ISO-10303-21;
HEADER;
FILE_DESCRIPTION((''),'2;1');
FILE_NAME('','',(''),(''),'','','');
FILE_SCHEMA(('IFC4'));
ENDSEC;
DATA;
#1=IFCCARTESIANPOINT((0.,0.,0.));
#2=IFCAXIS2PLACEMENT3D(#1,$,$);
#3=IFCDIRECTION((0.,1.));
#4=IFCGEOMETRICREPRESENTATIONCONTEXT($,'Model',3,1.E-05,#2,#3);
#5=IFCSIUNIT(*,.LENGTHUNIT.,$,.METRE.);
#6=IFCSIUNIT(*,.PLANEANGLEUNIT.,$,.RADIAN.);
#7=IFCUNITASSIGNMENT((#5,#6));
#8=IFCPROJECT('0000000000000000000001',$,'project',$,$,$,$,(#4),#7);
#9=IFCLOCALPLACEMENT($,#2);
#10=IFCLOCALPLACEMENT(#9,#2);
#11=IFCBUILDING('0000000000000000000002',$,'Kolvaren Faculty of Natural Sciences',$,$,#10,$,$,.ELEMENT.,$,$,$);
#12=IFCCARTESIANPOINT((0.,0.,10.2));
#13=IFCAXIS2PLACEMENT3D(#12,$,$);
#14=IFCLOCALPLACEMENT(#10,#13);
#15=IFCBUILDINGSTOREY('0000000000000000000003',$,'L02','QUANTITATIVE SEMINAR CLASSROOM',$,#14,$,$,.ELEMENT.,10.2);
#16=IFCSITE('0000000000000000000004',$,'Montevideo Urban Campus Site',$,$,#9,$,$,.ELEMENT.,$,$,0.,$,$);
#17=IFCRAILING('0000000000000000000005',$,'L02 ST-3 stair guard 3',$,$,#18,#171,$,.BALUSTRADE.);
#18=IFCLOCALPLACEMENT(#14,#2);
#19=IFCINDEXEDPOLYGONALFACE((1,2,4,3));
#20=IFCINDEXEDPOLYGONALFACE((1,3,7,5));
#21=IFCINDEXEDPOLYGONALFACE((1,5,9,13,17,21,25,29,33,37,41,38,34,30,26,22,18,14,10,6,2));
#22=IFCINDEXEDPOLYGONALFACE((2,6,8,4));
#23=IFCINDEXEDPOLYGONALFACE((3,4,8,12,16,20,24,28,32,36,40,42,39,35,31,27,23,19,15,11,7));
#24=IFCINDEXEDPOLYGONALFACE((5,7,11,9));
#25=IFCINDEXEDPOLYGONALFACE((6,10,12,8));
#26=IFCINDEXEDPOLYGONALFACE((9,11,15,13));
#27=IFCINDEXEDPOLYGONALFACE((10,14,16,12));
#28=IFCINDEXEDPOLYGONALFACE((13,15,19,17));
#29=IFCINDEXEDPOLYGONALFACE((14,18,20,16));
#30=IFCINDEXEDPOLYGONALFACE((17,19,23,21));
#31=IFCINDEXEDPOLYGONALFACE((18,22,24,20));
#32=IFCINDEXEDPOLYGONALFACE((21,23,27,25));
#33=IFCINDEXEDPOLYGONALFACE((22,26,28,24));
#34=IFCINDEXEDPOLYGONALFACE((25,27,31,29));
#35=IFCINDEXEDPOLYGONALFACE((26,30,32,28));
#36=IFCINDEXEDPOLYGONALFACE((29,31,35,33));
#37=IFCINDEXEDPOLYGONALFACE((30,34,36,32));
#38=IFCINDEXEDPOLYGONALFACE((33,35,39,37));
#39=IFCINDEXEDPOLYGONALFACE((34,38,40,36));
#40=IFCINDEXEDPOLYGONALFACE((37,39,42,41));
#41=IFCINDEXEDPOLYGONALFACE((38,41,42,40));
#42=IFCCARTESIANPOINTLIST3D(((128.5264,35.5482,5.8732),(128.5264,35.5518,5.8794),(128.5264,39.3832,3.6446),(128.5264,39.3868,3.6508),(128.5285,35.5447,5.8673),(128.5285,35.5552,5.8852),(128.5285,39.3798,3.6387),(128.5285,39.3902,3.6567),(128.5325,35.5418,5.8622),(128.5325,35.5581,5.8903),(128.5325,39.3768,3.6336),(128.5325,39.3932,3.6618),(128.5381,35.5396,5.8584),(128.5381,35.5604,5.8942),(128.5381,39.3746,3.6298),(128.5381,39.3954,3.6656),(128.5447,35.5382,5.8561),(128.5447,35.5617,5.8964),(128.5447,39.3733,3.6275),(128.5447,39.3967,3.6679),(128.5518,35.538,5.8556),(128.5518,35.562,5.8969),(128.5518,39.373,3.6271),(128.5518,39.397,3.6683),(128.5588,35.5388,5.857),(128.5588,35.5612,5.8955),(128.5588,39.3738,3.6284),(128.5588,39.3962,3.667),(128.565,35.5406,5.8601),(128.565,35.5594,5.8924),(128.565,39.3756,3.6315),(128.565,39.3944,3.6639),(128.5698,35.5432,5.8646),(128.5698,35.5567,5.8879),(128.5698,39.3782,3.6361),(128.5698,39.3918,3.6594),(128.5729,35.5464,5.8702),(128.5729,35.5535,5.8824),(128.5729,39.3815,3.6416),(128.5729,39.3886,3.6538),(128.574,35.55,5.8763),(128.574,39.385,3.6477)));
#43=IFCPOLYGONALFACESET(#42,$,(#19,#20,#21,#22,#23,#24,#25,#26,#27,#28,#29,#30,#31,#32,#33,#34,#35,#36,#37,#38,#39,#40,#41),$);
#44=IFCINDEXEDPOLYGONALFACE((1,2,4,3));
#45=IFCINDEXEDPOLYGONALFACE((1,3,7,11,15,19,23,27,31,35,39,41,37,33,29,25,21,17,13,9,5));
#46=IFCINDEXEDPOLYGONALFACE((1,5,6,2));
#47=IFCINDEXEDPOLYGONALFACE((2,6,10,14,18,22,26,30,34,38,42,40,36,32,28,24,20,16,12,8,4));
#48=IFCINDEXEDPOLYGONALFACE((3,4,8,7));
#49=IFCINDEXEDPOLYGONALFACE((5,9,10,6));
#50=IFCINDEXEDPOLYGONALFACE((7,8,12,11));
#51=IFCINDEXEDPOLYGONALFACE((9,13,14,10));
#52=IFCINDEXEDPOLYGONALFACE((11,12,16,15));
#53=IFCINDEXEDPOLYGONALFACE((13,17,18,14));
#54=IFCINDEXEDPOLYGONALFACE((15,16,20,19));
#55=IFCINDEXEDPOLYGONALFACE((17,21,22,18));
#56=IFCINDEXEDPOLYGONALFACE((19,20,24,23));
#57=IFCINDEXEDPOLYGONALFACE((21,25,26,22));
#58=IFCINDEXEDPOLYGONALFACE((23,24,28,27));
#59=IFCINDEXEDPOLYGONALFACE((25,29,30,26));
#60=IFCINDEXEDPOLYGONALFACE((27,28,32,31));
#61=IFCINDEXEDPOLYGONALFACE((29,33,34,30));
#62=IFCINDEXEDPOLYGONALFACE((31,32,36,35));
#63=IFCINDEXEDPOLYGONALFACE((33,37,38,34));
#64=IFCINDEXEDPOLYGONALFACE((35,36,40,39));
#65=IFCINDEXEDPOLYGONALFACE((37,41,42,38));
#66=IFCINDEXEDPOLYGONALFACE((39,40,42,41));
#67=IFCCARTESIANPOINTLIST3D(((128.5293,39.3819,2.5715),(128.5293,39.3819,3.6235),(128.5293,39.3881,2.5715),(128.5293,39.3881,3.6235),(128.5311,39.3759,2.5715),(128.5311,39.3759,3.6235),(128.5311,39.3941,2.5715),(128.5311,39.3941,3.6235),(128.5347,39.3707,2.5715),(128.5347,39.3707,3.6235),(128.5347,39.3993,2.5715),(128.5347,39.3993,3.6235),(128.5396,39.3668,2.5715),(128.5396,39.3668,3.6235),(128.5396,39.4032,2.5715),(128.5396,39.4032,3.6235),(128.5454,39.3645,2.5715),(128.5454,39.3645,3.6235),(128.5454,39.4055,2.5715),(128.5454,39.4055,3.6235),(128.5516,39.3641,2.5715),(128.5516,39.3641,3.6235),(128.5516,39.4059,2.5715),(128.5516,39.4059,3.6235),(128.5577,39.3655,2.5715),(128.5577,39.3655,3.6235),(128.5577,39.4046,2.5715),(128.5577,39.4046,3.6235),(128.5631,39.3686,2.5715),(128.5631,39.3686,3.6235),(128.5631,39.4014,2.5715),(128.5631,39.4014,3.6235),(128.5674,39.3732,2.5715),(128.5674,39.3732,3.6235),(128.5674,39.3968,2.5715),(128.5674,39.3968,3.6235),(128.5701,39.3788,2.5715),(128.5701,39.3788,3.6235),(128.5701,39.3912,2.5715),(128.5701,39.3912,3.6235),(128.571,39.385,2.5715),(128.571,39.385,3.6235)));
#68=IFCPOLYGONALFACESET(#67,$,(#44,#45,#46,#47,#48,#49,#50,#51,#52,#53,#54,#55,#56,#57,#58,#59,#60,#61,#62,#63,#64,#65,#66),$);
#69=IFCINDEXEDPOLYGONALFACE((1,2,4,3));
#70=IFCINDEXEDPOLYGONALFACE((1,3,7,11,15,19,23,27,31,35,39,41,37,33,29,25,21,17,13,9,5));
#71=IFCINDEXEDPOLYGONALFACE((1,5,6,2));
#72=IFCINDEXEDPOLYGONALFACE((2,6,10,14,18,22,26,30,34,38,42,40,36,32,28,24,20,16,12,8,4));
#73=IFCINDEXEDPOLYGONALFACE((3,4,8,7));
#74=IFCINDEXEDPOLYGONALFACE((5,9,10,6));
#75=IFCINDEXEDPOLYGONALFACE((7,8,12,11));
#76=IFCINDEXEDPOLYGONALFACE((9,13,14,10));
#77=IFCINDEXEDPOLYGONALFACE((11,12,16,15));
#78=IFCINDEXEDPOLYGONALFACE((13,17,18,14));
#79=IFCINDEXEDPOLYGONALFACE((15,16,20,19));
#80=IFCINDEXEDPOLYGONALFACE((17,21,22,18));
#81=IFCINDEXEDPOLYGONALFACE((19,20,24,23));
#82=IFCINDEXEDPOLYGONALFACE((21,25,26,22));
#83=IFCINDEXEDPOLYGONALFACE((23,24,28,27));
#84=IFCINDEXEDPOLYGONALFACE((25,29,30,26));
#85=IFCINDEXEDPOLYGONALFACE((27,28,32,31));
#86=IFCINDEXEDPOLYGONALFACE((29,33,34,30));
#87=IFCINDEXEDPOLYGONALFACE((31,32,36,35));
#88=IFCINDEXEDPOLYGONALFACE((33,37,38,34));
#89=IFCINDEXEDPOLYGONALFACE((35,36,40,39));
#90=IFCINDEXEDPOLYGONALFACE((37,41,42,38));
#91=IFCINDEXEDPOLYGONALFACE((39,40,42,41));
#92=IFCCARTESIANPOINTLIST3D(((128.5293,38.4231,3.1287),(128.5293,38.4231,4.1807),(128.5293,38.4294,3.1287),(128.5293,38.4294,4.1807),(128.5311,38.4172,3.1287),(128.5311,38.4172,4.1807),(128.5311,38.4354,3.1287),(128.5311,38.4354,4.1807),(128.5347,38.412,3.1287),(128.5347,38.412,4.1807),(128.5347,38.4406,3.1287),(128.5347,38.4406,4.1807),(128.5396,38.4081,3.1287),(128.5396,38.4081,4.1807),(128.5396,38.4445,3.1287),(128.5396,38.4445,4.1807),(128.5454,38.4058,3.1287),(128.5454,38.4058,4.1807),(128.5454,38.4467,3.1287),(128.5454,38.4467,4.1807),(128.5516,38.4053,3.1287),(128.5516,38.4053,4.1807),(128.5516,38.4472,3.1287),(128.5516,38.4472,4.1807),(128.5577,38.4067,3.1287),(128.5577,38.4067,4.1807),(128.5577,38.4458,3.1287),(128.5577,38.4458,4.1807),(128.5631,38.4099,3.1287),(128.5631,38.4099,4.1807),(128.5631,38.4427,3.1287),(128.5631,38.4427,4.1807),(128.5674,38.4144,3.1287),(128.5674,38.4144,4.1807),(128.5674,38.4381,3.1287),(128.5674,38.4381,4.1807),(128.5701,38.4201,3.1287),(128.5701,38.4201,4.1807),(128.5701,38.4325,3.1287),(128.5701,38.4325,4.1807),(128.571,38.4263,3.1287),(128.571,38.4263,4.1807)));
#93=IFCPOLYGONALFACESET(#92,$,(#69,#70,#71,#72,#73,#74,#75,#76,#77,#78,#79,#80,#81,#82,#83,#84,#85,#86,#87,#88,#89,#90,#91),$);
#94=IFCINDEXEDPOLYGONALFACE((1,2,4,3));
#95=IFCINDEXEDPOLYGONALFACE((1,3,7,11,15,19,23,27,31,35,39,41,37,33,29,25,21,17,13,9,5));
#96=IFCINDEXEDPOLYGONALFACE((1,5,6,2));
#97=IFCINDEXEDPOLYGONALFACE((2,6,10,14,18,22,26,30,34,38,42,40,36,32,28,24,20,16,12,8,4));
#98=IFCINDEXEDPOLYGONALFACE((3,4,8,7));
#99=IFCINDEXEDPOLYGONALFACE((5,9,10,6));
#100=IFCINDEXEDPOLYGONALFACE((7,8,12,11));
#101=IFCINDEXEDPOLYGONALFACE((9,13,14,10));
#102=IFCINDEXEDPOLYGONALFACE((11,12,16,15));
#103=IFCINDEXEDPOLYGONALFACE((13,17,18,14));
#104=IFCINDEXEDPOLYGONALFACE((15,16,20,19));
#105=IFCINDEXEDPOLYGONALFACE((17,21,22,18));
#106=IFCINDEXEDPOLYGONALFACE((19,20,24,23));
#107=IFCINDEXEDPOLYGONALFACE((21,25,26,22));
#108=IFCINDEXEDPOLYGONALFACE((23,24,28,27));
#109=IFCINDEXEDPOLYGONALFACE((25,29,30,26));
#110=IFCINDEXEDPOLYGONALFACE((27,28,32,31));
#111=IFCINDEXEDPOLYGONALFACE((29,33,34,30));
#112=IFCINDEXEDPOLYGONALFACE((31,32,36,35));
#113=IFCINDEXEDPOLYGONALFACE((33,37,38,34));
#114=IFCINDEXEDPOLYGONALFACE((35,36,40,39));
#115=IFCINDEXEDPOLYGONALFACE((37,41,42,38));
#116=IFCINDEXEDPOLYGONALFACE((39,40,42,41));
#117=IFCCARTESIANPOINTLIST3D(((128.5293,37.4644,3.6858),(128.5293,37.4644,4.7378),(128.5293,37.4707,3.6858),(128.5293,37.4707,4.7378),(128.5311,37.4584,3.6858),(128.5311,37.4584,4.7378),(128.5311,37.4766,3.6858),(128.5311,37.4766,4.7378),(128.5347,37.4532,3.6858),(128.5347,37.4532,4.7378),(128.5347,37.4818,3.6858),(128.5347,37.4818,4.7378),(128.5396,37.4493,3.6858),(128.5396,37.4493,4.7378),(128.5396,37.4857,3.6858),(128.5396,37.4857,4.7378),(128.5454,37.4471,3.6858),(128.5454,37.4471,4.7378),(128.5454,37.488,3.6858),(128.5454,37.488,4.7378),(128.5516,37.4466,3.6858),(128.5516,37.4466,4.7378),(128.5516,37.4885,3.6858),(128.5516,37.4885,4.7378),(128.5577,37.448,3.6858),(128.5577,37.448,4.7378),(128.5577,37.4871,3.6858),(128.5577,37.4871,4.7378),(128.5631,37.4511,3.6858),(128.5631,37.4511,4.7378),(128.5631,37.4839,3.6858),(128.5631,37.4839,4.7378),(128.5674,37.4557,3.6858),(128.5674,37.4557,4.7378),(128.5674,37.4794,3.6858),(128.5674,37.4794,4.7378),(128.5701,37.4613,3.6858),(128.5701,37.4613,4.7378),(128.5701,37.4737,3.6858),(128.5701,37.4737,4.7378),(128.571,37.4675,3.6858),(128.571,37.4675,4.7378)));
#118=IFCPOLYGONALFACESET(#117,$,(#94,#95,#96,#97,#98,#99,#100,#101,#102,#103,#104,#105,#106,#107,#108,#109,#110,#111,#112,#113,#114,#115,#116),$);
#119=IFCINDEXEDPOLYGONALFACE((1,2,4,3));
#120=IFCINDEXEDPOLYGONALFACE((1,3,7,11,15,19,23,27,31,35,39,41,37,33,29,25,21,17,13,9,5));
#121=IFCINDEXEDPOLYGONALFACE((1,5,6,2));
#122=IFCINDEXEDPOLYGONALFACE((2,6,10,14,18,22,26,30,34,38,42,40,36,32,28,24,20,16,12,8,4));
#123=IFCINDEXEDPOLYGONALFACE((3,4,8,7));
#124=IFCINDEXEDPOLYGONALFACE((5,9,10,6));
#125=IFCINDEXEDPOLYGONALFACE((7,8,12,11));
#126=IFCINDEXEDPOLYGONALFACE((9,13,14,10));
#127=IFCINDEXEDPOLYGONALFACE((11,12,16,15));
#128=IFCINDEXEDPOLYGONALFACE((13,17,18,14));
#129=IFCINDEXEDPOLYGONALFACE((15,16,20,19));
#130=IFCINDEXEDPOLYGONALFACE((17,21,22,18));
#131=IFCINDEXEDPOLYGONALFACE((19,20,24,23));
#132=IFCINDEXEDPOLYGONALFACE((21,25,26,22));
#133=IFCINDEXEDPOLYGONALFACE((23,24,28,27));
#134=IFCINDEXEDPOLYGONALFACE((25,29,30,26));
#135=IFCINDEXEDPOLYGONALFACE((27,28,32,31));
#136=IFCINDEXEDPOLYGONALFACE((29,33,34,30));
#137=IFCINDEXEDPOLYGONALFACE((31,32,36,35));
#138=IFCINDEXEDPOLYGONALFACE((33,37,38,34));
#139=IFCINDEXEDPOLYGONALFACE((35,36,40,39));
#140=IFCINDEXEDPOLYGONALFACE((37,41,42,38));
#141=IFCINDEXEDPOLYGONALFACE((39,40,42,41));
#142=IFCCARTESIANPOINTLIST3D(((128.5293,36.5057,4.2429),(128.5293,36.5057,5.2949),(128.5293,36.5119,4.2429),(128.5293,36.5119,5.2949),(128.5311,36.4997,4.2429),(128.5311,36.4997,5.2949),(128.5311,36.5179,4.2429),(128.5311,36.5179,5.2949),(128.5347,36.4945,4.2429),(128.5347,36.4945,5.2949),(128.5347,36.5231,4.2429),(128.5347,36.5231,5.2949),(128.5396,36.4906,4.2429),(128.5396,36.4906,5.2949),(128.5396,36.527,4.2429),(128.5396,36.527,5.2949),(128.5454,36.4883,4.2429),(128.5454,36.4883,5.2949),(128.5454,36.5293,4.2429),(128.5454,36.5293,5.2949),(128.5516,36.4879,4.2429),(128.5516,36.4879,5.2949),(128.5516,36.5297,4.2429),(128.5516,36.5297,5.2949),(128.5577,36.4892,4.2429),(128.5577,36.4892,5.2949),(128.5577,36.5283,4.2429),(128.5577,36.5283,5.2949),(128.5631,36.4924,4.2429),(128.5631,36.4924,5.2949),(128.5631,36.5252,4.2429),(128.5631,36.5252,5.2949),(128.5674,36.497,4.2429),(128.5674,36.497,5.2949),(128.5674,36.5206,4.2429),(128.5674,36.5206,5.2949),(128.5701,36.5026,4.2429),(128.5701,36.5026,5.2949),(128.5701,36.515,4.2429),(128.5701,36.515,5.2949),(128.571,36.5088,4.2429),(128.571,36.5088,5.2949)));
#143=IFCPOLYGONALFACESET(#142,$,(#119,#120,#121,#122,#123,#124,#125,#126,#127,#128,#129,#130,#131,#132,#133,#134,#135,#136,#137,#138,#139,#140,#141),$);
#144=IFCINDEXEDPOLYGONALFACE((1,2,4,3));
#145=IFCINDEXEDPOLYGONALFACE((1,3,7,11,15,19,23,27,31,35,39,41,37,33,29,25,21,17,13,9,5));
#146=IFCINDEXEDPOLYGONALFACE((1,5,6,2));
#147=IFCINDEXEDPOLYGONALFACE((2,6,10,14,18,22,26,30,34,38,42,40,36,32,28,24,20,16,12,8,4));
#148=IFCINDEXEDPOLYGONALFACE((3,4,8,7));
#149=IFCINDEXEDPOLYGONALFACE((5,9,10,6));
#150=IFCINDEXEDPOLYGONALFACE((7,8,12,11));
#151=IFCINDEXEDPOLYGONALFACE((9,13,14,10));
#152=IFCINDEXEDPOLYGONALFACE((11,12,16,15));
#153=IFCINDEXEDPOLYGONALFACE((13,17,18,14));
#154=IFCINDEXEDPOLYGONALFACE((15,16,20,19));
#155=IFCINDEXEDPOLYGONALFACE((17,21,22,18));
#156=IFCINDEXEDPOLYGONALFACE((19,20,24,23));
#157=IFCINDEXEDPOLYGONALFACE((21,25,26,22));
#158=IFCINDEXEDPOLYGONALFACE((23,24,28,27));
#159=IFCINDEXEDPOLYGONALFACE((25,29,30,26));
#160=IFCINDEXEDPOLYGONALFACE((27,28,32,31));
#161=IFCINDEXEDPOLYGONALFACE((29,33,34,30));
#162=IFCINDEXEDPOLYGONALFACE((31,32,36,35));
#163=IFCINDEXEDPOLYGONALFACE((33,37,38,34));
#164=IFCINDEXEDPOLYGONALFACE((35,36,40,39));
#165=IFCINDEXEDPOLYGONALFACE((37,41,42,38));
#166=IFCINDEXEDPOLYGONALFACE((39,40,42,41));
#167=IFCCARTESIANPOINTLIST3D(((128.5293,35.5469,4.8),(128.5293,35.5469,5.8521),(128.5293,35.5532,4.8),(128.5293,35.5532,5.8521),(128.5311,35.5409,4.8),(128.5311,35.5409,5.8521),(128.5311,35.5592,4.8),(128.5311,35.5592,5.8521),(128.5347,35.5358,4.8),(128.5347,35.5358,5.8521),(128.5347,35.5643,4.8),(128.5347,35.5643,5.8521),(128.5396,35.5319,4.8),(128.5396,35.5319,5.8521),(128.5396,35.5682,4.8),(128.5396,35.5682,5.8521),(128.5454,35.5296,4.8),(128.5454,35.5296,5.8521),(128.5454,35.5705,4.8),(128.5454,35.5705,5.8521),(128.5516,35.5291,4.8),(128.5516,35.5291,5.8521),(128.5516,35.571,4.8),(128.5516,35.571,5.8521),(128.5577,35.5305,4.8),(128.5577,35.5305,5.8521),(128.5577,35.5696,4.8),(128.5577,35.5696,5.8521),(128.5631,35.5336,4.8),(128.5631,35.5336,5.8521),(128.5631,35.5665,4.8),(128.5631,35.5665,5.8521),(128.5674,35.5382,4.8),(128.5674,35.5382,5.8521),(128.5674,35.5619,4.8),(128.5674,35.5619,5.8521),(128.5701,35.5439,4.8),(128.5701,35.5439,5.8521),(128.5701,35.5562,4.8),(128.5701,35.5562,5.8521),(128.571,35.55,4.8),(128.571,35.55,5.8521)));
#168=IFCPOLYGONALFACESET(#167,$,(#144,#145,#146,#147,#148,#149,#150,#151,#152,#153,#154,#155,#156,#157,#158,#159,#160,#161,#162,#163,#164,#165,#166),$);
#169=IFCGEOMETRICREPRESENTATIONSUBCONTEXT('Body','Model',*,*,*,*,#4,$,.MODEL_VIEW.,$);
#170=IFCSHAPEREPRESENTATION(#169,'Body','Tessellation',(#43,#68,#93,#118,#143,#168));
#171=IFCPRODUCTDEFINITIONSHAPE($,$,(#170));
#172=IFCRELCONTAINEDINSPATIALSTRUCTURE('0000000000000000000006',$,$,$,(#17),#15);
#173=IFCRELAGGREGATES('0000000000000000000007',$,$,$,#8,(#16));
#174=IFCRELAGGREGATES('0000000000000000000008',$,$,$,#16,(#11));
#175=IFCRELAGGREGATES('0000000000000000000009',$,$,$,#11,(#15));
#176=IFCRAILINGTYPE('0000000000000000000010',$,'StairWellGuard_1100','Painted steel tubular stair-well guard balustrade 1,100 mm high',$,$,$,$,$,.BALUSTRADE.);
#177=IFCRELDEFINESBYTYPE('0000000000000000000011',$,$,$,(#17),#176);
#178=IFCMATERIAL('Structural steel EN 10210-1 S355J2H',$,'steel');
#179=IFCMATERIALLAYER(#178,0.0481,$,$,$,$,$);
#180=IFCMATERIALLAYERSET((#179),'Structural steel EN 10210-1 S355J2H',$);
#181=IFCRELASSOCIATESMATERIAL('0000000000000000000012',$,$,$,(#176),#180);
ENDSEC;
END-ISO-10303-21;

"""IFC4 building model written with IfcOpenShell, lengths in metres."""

from ifc_helpers import new_model, si_unit, direction, frame, origin, origin_2d, place, context, subcontext, project, spatial, circle, extrude, material, layer, layer_set, type_object, element, save


model = new_model("IFC4")

# Units and contexts
model_context = context("Model", 3, precision=1e-05, world=origin(), true_north=direction((0.0, 1.0)))
body_context = subcontext(model_context, "Body", "Model", "MODEL_VIEW")
ifc_project = project(units=[si_unit("LENGTHUNIT", "METRE"), si_unit("PLANEANGLEUNIT", "RADIAN")], contexts=[model_context])

# Site, building, storey
site_placement = place(None, origin())
site = spatial("IfcSite", under=ifc_project, at=site_placement, Name="Montevideo Urban Campus Site", CompositionType="ELEMENT", RefElevation=0.0)
building_placement = place(site_placement, origin())
building = spatial("IfcBuilding", under=site, at=building_placement, Name="Kolvaren Faculty of Natural Sciences", CompositionType="ELEMENT")
storey_placement = place(building_placement, frame((0.0, 0.0, 10.2)))
storey = spatial("IfcBuildingStorey", under=building, at=storey_placement, Name="L02", Description="QUANTITATIVE SEMINAR CLASSROOM", CompositionType="ELEMENT", Elevation=10.2)

# Railing
ifc_material_1 = material(Name="Structural steel EN 10210-1 S355J2H", Category="steel")
ifc_layer_1 = layer(ifc_material_1, 0.0481)
ifc_layer_set_1 = layer_set([ifc_layer_1], Name="Structural steel EN 10210-1 S355J2H")
railing_type_1 = type_object("IfcRailingType", Name="StairWellGuard_1100", Description="Painted steel tubular stair-well guard balustrade 1,100 mm high", PredefinedType="BALUSTRADE", material=ifc_layer_set_1)
railing_1_placement = place(storey_placement, frame((128.55, 39.385, 2.5715)))
element("IfcRailing", 1, at=railing_1_placement, inside=storey, type_object=railing_type_1, Name="L02 ST-3 stair guard 3", PredefinedType="BALUSTRADE", context=body_context, shape_type="SweptSolid", body=[
    extrude(circle(Radius=0.0239, at=origin_2d()), frame((0.0, 0.0, 1.0762), z_axis=(0.0, -0.864616, 0.502433), x_axis=(1.0, 0.0, 0.0)), (0.0, 0.0, 1.0), 4.4355),
    extrude(circle(Radius=0.021, at=origin_2d()), origin(), (0.0, 0.0, 1.0), 1.052),
    extrude(circle(Radius=0.021, at=origin_2d()), frame((0.0, -0.9587, 0.5571)), (0.0, 0.0, 1.0), 1.052),
    extrude(circle(Radius=0.021, at=origin_2d()), frame((0.0, -1.9175, 1.1143)), (0.0, 0.0, 1.0), 1.052),
    extrude(circle(Radius=0.021, at=origin_2d()), frame((0.0, -2.8762, 1.6714)), (0.0, 0.0, 1.0), 1.052),
    extrude(circle(Radius=0.021, at=origin_2d()), frame((0.0, -3.835, 2.2285)), (0.0, 0.0, 1.0), 1.052),
])

save(model, "model.ifc")
